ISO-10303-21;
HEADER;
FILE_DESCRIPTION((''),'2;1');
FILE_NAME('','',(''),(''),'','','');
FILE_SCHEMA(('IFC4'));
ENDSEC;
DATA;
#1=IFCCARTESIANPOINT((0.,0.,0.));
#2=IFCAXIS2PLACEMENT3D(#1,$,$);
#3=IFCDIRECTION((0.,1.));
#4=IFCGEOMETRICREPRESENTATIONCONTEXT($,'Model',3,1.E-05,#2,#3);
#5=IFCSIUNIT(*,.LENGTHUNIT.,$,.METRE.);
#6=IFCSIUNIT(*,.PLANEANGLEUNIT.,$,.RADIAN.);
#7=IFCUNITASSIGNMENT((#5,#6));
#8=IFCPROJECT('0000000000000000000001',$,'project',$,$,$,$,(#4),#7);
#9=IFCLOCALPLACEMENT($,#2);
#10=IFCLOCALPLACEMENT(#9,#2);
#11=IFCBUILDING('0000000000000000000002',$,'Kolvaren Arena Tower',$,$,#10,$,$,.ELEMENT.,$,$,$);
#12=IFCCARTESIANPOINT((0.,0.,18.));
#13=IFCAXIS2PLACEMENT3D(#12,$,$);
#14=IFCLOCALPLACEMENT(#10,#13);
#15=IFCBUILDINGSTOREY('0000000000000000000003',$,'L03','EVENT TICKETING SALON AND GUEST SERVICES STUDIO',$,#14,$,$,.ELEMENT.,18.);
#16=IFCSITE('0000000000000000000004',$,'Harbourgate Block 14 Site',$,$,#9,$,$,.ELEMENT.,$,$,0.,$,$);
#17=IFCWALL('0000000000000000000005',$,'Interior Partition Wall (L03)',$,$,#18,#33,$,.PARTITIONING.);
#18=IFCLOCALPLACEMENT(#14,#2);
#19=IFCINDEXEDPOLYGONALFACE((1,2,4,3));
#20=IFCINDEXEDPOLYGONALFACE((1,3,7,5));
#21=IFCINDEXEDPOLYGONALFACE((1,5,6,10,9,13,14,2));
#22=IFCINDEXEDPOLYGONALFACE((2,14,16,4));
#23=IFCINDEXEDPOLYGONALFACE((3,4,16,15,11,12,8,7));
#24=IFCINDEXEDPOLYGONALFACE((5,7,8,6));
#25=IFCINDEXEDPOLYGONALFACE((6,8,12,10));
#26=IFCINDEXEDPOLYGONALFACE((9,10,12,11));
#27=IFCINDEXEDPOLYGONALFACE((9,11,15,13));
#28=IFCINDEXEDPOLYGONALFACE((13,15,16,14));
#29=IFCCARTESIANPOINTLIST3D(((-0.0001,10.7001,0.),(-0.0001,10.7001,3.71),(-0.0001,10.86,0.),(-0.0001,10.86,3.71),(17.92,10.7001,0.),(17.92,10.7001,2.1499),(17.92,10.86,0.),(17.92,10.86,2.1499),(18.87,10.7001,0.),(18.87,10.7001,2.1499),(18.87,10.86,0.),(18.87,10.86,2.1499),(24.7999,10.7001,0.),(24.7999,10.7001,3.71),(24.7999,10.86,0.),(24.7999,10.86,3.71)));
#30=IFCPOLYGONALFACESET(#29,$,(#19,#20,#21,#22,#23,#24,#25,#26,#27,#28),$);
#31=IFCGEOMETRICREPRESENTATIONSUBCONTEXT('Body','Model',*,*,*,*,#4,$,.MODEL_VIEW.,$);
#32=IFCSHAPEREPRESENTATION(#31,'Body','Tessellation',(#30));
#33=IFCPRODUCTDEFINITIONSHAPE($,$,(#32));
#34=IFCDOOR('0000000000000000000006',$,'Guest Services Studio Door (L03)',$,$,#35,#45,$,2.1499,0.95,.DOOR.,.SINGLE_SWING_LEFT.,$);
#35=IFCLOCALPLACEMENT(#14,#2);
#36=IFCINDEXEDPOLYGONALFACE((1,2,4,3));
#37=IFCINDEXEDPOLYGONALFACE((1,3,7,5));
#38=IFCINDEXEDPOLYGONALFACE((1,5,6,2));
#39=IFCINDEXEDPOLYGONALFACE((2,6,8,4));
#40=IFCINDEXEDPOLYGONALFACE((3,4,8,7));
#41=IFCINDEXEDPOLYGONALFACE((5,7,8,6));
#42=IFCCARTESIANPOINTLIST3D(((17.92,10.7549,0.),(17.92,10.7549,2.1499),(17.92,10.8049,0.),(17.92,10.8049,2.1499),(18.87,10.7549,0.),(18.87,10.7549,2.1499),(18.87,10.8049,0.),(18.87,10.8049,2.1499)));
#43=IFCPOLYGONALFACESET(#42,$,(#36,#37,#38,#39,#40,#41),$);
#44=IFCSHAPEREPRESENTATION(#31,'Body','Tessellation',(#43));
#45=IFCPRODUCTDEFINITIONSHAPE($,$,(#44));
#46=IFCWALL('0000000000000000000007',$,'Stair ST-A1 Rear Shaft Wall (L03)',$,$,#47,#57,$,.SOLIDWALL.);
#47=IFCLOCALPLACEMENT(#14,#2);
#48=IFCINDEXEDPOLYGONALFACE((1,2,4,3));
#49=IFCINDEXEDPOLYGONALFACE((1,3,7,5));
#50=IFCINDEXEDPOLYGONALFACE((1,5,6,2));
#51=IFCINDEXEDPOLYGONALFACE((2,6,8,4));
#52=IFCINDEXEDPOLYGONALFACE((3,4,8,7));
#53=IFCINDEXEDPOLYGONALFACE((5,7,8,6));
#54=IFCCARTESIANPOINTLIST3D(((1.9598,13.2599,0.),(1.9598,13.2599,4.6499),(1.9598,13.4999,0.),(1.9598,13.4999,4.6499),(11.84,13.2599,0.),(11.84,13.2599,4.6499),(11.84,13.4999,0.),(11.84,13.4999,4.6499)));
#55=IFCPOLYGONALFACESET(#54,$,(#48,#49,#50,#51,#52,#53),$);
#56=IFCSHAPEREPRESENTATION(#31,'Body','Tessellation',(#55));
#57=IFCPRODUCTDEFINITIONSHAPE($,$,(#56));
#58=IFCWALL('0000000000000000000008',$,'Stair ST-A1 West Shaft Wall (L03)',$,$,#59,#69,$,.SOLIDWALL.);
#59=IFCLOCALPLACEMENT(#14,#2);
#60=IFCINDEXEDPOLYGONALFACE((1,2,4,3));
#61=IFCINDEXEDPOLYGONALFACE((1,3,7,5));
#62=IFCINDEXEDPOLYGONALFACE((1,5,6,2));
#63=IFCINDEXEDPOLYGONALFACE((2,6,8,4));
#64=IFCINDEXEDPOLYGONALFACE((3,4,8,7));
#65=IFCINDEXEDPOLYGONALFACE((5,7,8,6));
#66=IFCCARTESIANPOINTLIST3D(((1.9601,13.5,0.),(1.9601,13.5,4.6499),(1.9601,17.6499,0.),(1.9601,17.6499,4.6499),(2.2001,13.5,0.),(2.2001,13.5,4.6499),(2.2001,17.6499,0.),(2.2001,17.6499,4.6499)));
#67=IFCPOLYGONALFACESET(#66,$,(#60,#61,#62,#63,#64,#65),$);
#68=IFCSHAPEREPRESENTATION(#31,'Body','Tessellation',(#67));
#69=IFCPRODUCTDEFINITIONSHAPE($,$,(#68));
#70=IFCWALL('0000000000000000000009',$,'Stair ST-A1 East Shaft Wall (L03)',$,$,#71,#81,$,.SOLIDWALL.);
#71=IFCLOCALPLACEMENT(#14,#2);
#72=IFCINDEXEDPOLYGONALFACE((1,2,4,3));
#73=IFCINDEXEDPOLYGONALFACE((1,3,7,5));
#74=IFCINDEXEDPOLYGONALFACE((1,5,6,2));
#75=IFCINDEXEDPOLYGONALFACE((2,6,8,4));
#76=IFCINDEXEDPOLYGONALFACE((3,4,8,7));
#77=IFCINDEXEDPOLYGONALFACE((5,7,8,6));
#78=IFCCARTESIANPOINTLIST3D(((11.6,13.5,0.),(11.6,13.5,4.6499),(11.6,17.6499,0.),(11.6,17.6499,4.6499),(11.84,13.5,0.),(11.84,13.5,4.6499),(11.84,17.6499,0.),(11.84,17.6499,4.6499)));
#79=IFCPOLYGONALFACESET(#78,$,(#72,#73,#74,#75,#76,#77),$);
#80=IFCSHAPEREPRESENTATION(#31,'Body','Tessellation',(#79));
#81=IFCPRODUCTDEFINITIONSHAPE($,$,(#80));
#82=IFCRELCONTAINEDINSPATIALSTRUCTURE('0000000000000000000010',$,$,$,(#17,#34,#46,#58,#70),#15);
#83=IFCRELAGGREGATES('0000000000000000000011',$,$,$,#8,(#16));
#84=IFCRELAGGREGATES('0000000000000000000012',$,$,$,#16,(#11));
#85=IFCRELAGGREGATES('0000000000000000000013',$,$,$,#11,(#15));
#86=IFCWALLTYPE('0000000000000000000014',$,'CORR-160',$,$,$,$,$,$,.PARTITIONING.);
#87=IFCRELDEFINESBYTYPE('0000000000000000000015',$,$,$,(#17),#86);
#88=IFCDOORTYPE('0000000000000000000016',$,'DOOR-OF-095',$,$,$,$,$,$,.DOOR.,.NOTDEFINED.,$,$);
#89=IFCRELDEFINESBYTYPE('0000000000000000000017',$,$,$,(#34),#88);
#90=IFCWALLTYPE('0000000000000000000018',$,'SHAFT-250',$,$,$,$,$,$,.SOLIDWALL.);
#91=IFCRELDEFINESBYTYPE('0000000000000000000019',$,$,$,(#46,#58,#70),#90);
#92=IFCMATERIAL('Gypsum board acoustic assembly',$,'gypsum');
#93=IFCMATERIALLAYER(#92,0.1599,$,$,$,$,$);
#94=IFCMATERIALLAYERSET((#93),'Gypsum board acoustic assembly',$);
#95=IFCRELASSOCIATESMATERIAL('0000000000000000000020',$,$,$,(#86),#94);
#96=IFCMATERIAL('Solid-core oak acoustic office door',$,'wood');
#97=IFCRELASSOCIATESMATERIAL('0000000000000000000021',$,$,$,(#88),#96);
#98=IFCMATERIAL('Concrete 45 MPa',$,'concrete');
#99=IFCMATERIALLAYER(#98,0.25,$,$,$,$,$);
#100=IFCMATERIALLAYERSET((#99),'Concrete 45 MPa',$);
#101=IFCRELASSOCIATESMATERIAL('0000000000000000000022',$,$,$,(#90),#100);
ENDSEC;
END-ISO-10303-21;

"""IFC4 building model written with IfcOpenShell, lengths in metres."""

from ifc_helpers import new_model, si_unit, direction, frame, frame_2d, origin, place, context, subcontext, project, spatial, rectangle, extrude, material, layer, layer_set, type_object, element, fill, save


model = new_model("IFC4")

# Units and contexts
model_context = context("Model", 3, precision=1e-05, world=origin(), true_north=direction((0.0, 1.0)))
body_context = subcontext(model_context, "Body", "Model", "MODEL_VIEW")
ifc_project = project(units=[si_unit("LENGTHUNIT", "METRE"), si_unit("PLANEANGLEUNIT", "RADIAN")], contexts=[model_context])

# Site, building, storey
site_placement = place(None, origin())
site = spatial("IfcSite", under=ifc_project, at=site_placement, Name="Harbourgate Block 14 Site", CompositionType="ELEMENT", RefElevation=0.0)
building_placement = place(site_placement, origin())
building = spatial("IfcBuilding", under=site, at=building_placement, Name="Kolvaren Arena Tower", CompositionType="ELEMENT")
storey_placement = place(building_placement, frame((0.0, 0.0, 18.0)))
storey = spatial("IfcBuildingStorey", under=building, at=storey_placement, Name="L03", Description="EVENT TICKETING SALON AND GUEST SERVICES STUDIO", CompositionType="ELEMENT", Elevation=18.0)

# Wall, opening, door
ifc_material_1 = material(Name="Gypsum board acoustic assembly", Category="gypsum")
ifc_layer_1 = layer(ifc_material_1, 0.1599)
ifc_layer_set_1 = layer_set([ifc_layer_1], Name="Gypsum board acoustic assembly")
wall_type_1 = type_object("IfcWallType", Name="CORR-160", PredefinedType="PARTITIONING", material=ifc_layer_set_1)
wall_1_placement = place(storey_placement, frame((0.0, 10.78, 0.0), z_axis=(0.0, 0.0, 1.0), x_axis=(1.0, 0.0, 0.0)))
wall_1 = element("IfcWall", 1, at=wall_1_placement, inside=storey, type_object=wall_type_1, Name="Interior Partition Wall (L03)", PredefinedType="PARTITIONING", context=body_context, shape_type="SweptSolid", body=[
    extrude(rectangle(XDim=24.8, YDim=0.1599, at=frame_2d((12.3999, 0.0))), origin(), (0.0, 0.0, 1.0), 3.71),
])
opening_placement = place(wall_1_placement, frame((17.9199, 0.0, 0.0)))
opening = element("IfcOpeningElement", 2, at=opening_placement, cuts=wall_1, PredefinedType="OPENING", context=body_context, shape_type="SweptSolid", body=[
    extrude(rectangle(XDim=0.95, YDim=2.1499, at=frame_2d((0.4751, 1.075))), frame((0.0, 0.0898, 0.0), z_axis=(0.0, -1.0, 0.0), x_axis=(1.0, 0.0, 0.0)), (0.0, 0.0, 1.0), 0.1799),
])
ifc_material_2 = material(Name="Solid-core oak acoustic office door", Category="wood")
door_type = type_object("IfcDoorType", Name="DOOR-OF-095", OperationType="NOTDEFINED", PredefinedType="DOOR", material=ifc_material_2)
door_placement = place(opening_placement, origin())
door = element("IfcDoor", 3, at=door_placement, inside=storey, type_object=door_type, Name="Guest Services Studio Door (L03)", OperationType="SINGLE_SWING_LEFT", OverallHeight=2.1499, OverallWidth=0.95, PredefinedType="DOOR", context=body_context, shape_type="SweptSolid", body=[
    extrude(rectangle(XDim=0.95, YDim=2.1499, at=frame_2d((0.4751, 1.075))), frame((0.0, 0.0249, 0.0), z_axis=(0.0, -1.0, 0.0), x_axis=(1.0, 0.0, 0.0)), (0.0, 0.0, 1.0), 0.05),
])
fill(opening, door)

# Walls
ifc_material_3 = material(Name="Concrete 45 MPa", Category="concrete")
ifc_layer_2 = layer(ifc_material_3, 0.25)
ifc_layer_set_2 = layer_set([ifc_layer_2], Name="Concrete 45 MPa")
wall_type_2 = type_object("IfcWallType", Name="SHAFT-250", PredefinedType="SOLIDWALL", material=ifc_layer_set_2)
wall_2_placement = place(storey_placement, frame((1.96, 13.3799, 0.0), z_axis=(0.0, 0.0, 1.0), x_axis=(1.0, 0.0, 0.0)))
element("IfcWall", 4, at=wall_2_placement, inside=storey, type_object=wall_type_2, Name="Stair ST-A1 Rear Shaft Wall (L03)", PredefinedType="SOLIDWALL", context=body_context, shape_type="SweptSolid", body=[
    extrude(rectangle(XDim=9.8801, YDim=0.24, at=frame_2d((4.9399, 0.0))), origin(), (0.0, 0.0, 1.0), 4.6499),
])
for number, where, z_axis, x_axis, name in (
    (5, (2.0801, 13.5, 0.0), (0.0, 0.0, 1.0), (0.0, 1.0, 0.0), "Stair ST-A1 West Shaft Wall (L03)"),
    (6, (11.72, 13.5, 0.0), (0.0, 0.0, 1.0), (0.0, 1.0, 0.0), "Stair ST-A1 East Shaft Wall (L03)"),
):
    element("IfcWall", number, at=place(storey_placement, frame(where, z_axis=z_axis, x_axis=x_axis)), inside=storey, type_object=wall_type_2, Name=name, PredefinedType="SOLIDWALL", context=body_context, shape_type="SweptSolid", body=[
        extrude(rectangle(XDim=4.1499, YDim=0.24, at=frame_2d((2.075, 0.0))), origin(), (0.0, 0.0, 1.0), 4.6499),
    ])

save(model, "model.ifc")
